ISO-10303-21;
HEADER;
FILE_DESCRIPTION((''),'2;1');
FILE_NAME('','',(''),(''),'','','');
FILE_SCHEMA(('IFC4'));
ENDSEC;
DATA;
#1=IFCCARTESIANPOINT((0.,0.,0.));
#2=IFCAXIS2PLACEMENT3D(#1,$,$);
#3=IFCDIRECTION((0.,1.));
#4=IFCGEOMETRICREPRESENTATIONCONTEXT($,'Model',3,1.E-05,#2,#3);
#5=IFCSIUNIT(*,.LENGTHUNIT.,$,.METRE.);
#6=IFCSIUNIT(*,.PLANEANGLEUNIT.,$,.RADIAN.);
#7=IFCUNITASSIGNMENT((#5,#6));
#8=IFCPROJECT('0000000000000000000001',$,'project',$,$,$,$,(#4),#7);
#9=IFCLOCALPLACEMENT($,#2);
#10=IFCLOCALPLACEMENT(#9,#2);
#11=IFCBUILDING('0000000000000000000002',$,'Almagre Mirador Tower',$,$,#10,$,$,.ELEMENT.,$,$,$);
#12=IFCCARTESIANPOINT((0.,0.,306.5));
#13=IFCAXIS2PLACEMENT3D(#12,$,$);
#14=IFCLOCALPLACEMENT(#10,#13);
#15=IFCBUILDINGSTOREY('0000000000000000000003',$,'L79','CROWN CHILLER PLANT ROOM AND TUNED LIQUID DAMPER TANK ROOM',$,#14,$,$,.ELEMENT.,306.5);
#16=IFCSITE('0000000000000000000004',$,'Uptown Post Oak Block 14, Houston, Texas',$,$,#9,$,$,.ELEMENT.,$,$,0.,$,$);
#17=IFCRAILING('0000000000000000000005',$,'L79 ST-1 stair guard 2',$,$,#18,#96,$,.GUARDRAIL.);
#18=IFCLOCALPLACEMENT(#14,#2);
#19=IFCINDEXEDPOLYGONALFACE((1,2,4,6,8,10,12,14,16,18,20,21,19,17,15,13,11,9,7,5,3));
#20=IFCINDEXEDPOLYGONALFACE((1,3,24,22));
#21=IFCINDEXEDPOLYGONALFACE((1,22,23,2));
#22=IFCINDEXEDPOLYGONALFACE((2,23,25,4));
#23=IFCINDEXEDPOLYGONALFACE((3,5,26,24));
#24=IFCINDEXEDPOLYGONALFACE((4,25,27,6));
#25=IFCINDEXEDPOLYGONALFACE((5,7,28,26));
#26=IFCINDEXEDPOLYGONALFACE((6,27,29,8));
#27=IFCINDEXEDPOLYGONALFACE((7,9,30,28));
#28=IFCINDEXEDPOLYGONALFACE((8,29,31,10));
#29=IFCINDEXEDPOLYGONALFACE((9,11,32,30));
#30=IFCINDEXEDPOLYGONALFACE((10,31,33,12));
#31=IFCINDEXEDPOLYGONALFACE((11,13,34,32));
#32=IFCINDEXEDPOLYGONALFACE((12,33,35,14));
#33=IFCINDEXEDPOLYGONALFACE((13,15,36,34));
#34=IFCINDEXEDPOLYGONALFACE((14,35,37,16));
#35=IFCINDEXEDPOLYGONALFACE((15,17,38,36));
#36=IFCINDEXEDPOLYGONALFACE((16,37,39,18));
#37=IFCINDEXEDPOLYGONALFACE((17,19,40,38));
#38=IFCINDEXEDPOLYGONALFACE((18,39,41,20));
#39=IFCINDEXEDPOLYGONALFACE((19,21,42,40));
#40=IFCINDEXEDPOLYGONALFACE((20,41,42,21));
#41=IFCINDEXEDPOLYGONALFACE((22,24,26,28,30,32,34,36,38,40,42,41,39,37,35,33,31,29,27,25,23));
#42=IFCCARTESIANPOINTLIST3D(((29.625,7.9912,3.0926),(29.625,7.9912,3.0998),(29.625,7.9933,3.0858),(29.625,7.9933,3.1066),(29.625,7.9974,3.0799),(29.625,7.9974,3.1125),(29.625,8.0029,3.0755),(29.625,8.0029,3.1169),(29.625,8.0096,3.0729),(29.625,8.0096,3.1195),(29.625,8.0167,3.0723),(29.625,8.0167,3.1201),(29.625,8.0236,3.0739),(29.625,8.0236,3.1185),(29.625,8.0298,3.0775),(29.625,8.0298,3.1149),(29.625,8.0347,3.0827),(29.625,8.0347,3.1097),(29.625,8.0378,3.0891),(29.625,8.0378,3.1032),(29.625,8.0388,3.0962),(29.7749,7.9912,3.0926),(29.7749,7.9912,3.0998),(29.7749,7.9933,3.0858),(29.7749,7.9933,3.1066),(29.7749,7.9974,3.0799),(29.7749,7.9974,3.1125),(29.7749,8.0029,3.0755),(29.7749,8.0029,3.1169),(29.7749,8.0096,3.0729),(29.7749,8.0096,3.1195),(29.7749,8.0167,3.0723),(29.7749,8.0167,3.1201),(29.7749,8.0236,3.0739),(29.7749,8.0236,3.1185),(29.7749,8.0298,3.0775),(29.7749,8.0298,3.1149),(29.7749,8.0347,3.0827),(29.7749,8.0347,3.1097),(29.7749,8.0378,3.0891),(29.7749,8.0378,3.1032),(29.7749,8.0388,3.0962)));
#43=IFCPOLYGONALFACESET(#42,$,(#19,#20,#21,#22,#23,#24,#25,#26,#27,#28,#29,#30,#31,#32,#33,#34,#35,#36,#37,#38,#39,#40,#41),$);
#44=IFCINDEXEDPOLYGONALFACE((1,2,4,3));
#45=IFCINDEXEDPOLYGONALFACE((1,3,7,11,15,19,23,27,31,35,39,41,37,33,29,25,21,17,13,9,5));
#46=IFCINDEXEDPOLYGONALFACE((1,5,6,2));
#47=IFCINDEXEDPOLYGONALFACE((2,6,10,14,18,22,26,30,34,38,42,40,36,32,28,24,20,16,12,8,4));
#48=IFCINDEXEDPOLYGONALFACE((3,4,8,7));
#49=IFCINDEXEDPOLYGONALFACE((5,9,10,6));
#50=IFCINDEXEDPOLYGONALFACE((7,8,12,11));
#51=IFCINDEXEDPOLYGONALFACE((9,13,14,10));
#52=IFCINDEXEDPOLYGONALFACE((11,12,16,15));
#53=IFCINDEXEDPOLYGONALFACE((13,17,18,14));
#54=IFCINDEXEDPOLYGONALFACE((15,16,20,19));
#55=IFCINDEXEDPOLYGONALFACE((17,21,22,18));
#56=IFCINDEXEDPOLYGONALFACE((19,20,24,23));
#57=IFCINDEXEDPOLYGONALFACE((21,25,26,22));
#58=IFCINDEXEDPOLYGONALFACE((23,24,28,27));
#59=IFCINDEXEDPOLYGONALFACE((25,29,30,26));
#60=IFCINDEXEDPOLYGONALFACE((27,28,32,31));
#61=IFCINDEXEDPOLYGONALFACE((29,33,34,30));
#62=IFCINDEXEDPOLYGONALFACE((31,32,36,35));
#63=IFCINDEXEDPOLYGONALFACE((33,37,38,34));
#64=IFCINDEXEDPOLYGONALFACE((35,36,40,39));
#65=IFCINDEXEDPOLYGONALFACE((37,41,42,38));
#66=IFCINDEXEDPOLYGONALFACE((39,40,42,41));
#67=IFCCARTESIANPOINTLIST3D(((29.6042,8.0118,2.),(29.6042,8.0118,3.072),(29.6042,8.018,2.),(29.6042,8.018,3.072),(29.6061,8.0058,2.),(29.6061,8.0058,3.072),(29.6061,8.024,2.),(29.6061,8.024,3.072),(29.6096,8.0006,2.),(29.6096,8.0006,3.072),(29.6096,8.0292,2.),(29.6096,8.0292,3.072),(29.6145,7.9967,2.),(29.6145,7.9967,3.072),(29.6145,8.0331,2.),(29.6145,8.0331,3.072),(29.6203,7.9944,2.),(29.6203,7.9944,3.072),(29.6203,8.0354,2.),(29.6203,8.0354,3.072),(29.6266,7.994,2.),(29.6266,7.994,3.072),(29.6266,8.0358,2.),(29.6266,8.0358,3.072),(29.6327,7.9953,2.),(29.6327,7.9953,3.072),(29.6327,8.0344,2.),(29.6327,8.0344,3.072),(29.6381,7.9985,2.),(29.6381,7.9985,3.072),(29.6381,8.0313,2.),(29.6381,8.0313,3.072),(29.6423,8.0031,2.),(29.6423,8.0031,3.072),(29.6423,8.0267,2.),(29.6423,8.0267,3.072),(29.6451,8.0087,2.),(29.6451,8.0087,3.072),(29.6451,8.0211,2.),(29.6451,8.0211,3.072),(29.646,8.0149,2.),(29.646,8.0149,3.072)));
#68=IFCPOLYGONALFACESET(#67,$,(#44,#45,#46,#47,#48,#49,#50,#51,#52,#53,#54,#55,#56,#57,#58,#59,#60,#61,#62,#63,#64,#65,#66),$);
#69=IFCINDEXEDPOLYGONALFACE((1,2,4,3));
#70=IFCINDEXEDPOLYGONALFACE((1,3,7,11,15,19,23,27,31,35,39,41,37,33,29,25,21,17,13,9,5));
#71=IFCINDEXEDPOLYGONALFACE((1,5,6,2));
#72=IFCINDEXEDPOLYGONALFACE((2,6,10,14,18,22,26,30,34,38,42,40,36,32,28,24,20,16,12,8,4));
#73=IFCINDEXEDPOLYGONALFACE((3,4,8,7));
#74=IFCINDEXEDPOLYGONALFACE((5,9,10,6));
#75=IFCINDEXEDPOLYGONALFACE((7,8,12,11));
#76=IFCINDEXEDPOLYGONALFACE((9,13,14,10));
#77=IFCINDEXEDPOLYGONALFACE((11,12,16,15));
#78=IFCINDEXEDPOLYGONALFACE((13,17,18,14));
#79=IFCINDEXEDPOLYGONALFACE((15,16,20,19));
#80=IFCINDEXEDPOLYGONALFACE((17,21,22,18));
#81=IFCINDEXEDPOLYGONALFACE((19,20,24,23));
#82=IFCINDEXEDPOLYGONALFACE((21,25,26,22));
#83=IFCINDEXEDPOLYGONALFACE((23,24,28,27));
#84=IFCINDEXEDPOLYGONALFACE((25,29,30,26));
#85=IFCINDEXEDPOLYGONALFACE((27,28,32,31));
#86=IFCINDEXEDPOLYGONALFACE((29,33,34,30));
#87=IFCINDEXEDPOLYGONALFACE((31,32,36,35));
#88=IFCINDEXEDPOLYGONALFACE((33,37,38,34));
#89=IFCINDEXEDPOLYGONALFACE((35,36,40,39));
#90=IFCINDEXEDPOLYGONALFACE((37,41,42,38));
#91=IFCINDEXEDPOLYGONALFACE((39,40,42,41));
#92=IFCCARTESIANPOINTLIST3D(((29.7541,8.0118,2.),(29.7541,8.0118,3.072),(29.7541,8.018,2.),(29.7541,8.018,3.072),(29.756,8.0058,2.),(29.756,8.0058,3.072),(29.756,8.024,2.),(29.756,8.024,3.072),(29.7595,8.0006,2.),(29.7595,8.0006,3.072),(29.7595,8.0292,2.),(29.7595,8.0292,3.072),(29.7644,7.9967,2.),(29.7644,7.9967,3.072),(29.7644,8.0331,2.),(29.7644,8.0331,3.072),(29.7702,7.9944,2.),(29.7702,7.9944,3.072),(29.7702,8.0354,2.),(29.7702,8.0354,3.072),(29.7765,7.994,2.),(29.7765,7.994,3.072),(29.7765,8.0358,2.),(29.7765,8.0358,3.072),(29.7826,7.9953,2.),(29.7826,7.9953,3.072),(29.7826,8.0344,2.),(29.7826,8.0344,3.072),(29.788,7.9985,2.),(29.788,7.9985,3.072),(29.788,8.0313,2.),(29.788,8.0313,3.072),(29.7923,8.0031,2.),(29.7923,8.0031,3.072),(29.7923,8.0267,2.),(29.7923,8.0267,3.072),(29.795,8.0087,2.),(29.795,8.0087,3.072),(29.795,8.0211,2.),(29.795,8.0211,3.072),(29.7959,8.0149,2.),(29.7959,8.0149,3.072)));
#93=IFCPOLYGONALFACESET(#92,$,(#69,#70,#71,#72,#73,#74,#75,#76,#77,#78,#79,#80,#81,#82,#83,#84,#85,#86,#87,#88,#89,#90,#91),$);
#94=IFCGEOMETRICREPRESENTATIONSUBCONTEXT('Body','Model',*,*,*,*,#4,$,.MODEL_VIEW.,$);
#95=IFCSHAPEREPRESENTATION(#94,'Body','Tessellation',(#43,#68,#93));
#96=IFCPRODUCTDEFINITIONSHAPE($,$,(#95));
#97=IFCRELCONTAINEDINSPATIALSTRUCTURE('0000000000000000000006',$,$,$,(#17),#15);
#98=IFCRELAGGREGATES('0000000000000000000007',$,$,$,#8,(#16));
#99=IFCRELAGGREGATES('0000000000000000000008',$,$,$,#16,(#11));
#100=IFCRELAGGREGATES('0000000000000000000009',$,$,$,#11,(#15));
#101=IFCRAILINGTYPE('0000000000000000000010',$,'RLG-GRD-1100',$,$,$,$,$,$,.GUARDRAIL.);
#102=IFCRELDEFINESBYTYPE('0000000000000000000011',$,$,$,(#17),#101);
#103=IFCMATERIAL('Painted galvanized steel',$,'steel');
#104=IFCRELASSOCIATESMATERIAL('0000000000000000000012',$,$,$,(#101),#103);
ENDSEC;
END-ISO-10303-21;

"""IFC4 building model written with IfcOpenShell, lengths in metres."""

from ifc_helpers import new_model, si_unit, direction, frame, origin, origin_2d, place, context, subcontext, project, spatial, circle, extrude, material, type_object, element, save


model = new_model("IFC4")

# Units and contexts
model_context = context("Model", 3, precision=1e-05, world=origin(), true_north=direction((0.0, 1.0)))
body_context = subcontext(model_context, "Body", "Model", "MODEL_VIEW")
ifc_project = project(units=[si_unit("LENGTHUNIT", "METRE"), si_unit("PLANEANGLEUNIT", "RADIAN")], contexts=[model_context])

# Site, building, storey
site_placement = place(None, origin())
site = spatial("IfcSite", under=ifc_project, at=site_placement, Name="Uptown Post Oak Block 14, Houston, Texas", CompositionType="ELEMENT", RefElevation=0.0)
building_placement = place(site_placement, origin())
building = spatial("IfcBuilding", under=site, at=building_placement, Name="Almagre Mirador Tower", CompositionType="ELEMENT")
storey_placement = place(building_placement, frame((0.0, 0.0, 306.5)))
storey = spatial("IfcBuildingStorey", under=building, at=storey_placement, Name="L79", Description="CROWN CHILLER PLANT ROOM AND TUNED LIQUID DAMPER TANK ROOM", CompositionType="ELEMENT", Elevation=306.5)

# Railing
ifc_material_1 = material(Name="Painted galvanized steel", Category="steel")
railing_type_1 = type_object("IfcRailingType", Name="RLG-GRD-1100", PredefinedType="GUARDRAIL", material=ifc_material_1)
railing_1_placement = place(storey_placement, frame((29.625, 8.0149, 2.0)))
element("IfcRailing", 1, at=railing_1_placement, inside=storey, type_object=railing_type_1, Name="L79 ST-1 stair guard 2", PredefinedType="GUARDRAIL", context=body_context, shape_type="SweptSolid", body=[
    extrude(circle(Radius=0.0239, at=origin_2d()), frame((0.0, 0.0, 1.0962), z_axis=(1.0, 0.0, 0.0), x_axis=(0.0, 1.0, 0.0)), (0.0, 0.0, 1.0), 0.1499),
    extrude(circle(Radius=0.021, at=origin_2d()), origin(), (0.0, 0.0, 1.0), 1.072),
    extrude(circle(Radius=0.021, at=origin_2d()), frame((0.1499, 0.0, 0.0)), (0.0, 0.0, 1.0), 1.072),
])

save(model, "model.ifc")
